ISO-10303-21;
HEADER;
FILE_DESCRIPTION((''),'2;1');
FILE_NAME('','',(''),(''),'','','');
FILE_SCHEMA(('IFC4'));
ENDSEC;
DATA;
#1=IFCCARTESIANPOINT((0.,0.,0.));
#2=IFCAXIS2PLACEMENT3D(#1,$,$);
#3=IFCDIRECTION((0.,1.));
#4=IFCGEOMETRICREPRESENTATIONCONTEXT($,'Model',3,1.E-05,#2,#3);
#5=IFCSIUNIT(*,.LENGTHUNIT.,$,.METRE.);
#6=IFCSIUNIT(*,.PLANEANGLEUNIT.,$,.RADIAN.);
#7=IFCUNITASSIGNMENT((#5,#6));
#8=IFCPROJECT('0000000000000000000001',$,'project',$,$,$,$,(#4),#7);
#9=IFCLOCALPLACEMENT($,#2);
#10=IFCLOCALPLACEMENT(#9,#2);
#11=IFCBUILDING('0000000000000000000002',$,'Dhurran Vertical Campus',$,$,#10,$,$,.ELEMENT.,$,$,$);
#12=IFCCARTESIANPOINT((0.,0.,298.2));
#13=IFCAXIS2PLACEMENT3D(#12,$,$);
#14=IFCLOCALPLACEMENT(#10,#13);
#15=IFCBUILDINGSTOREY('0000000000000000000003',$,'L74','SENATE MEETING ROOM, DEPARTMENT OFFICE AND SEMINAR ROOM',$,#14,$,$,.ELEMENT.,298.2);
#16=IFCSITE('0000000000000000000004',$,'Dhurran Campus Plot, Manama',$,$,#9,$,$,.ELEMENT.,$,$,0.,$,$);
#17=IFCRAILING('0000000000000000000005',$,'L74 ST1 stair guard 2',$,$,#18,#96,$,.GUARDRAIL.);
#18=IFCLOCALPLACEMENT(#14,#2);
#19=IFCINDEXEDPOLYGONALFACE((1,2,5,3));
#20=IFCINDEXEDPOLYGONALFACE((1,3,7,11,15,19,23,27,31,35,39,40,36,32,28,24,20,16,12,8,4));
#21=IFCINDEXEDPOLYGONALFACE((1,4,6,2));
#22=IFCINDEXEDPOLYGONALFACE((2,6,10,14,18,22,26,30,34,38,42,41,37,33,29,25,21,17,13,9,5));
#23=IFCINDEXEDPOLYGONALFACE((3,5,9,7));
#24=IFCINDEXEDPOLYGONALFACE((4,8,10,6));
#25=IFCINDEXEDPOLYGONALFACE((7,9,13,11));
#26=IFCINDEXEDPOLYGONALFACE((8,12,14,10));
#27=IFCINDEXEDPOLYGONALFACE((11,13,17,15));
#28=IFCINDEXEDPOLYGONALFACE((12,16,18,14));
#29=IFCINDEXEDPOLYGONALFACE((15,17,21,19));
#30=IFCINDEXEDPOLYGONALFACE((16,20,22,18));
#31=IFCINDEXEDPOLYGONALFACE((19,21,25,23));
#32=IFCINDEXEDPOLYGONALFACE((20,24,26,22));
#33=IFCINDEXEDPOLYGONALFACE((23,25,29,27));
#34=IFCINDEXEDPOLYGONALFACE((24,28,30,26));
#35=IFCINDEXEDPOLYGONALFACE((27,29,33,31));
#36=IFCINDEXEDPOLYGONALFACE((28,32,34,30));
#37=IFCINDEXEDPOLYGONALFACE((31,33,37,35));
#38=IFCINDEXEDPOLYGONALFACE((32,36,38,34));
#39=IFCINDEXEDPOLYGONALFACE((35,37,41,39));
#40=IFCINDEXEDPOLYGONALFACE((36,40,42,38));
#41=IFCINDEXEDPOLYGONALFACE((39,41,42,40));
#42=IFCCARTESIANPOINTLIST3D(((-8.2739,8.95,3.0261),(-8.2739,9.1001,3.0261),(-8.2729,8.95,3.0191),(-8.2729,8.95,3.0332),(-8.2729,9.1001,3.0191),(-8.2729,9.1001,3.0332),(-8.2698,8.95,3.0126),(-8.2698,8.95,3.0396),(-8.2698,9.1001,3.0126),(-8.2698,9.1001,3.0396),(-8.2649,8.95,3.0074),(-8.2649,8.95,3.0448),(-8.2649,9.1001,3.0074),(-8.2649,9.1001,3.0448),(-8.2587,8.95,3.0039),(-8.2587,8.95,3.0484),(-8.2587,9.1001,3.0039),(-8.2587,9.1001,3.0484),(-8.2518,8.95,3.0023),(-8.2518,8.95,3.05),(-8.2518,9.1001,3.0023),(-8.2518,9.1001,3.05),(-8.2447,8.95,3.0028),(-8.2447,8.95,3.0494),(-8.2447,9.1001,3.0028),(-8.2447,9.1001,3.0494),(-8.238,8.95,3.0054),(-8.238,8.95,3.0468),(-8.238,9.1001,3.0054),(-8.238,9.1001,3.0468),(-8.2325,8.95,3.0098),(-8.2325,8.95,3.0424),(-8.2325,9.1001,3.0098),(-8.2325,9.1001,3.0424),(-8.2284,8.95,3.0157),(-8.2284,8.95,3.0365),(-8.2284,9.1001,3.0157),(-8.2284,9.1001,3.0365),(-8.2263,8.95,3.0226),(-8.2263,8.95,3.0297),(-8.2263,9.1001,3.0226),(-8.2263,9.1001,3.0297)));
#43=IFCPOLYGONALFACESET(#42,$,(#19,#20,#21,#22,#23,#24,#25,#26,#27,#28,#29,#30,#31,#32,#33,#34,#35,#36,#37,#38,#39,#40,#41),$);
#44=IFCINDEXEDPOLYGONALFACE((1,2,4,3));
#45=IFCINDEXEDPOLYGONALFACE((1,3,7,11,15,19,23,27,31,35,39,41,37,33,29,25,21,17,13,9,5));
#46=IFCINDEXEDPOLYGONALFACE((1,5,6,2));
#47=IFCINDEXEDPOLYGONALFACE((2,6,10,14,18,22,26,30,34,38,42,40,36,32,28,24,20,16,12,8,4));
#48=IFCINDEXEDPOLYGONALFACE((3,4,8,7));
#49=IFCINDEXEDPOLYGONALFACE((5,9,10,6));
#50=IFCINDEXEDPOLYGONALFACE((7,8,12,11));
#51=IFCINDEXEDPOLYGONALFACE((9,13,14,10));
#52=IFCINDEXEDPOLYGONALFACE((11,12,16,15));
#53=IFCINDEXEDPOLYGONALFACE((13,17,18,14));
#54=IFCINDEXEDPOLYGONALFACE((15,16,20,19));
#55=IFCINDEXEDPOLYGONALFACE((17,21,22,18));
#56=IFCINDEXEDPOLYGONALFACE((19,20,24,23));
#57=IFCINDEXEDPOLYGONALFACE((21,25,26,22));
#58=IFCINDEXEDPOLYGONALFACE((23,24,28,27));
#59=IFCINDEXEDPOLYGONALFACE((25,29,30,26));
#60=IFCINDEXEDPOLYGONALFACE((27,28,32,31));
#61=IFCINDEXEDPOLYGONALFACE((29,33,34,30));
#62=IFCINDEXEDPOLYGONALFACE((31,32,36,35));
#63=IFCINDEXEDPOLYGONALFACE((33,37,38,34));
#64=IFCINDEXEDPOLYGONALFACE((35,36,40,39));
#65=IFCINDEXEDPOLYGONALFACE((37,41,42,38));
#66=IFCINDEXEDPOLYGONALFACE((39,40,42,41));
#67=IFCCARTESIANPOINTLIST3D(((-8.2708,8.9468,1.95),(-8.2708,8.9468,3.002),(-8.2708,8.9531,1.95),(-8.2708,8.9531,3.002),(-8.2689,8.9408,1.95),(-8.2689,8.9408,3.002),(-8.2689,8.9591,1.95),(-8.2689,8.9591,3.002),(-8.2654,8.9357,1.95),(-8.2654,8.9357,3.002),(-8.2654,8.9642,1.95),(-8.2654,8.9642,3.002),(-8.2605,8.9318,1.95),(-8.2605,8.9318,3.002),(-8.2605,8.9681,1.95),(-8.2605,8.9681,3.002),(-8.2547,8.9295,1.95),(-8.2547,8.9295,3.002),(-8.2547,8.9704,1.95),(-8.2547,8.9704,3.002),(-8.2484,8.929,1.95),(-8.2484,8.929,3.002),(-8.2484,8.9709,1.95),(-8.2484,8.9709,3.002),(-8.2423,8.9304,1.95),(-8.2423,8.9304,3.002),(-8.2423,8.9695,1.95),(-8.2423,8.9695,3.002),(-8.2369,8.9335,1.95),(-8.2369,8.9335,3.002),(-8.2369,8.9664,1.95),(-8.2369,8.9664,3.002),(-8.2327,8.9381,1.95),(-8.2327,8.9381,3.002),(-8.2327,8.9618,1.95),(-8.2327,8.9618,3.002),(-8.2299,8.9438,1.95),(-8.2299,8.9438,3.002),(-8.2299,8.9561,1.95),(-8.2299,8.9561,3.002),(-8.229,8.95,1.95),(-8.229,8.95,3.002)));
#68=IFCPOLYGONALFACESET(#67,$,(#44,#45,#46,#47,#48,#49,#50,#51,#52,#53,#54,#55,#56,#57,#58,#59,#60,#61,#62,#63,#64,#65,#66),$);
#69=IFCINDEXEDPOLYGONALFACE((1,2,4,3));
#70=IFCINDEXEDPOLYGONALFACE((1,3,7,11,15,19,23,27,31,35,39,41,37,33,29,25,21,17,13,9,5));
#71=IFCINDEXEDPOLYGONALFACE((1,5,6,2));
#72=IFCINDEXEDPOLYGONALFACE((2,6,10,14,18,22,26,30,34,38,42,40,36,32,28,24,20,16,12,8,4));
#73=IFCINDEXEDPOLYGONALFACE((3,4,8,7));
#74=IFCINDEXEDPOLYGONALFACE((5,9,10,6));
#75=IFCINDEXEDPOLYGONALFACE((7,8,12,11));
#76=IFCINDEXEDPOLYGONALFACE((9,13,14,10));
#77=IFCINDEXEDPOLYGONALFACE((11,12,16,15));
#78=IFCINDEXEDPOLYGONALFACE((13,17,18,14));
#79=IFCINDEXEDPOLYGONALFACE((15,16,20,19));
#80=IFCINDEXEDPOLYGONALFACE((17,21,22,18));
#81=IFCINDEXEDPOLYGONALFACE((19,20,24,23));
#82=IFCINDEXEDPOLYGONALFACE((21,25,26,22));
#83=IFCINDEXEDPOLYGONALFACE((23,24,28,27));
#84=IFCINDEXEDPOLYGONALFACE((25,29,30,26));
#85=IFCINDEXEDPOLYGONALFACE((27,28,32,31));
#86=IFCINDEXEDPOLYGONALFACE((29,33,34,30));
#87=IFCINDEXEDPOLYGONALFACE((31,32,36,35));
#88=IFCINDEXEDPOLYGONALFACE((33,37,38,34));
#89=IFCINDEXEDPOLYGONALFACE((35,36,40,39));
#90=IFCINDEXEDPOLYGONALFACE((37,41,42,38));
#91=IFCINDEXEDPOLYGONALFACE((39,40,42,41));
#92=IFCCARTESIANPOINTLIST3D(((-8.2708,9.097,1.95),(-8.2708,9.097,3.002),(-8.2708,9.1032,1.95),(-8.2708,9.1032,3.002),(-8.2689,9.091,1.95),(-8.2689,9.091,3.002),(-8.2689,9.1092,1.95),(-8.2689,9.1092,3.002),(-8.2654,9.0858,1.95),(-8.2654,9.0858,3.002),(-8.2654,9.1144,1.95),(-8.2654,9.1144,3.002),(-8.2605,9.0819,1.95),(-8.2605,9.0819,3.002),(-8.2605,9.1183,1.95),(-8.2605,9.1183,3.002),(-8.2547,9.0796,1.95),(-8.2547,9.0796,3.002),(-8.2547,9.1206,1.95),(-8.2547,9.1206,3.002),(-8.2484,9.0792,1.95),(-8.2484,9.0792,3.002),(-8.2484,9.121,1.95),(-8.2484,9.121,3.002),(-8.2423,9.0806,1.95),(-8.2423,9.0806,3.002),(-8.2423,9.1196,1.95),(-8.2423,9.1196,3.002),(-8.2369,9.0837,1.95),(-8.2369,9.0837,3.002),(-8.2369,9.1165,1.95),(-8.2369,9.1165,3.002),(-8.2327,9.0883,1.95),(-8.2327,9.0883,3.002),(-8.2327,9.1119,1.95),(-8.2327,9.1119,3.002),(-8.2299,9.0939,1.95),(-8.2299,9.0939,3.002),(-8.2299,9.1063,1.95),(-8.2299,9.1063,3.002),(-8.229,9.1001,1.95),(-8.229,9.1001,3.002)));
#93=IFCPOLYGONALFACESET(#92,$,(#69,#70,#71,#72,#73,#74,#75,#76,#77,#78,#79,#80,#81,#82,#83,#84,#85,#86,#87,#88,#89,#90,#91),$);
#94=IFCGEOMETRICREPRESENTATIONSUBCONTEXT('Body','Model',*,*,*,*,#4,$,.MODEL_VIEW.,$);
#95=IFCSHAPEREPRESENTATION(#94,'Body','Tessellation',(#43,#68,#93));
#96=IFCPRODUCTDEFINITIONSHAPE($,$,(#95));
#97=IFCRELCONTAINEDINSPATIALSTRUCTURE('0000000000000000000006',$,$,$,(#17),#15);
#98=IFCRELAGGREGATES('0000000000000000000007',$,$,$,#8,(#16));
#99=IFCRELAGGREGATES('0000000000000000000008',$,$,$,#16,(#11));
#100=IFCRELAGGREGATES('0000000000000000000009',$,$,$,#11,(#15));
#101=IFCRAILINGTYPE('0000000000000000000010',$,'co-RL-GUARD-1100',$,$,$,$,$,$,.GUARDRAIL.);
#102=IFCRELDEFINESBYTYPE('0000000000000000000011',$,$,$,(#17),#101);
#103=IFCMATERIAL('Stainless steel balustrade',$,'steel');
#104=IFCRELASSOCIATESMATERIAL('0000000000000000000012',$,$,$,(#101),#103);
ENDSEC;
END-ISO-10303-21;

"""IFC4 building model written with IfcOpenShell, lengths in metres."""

from ifc_helpers import new_model, si_unit, direction, frame, origin, origin_2d, place, context, subcontext, project, spatial, circle, extrude, material, type_object, element, save


model = new_model("IFC4")

# Units and contexts
model_context = context("Model", 3, precision=1e-05, world=origin(), true_north=direction((0.0, 1.0)))
body_context = subcontext(model_context, "Body", "Model", "MODEL_VIEW")
ifc_project = project(units=[si_unit("LENGTHUNIT", "METRE"), si_unit("PLANEANGLEUNIT", "RADIAN")], contexts=[model_context])

# Site, building, storey
site_placement = place(None, origin())
site = spatial("IfcSite", under=ifc_project, at=site_placement, Name="Dhurran Campus Plot, Manama", CompositionType="ELEMENT", RefElevation=0.0)
building_placement = place(site_placement, origin())
building = spatial("IfcBuilding", under=site, at=building_placement, Name="Dhurran Vertical Campus", CompositionType="ELEMENT")
storey_placement = place(building_placement, frame((0.0, 0.0, 298.2)))
storey = spatial("IfcBuildingStorey", under=building, at=storey_placement, Name="L74", Description="SENATE MEETING ROOM, DEPARTMENT OFFICE AND SEMINAR ROOM", CompositionType="ELEMENT", Elevation=298.2)

# Railing
ifc_material_1 = material(Name="Stainless steel balustrade", Category="steel")
railing_type_1 = type_object("IfcRailingType", Name="co-RL-GUARD-1100", PredefinedType="GUARDRAIL", material=ifc_material_1)
railing_1_placement = place(storey_placement, frame((-8.25, 8.95, 1.95)))
element("IfcRailing", 1, at=railing_1_placement, inside=storey, type_object=railing_type_1, Name="L74 ST1 stair guard 2", PredefinedType="GUARDRAIL", context=body_context, shape_type="SweptSolid", body=[
    extrude(circle(Radius=0.0239, at=origin_2d()), frame((0.0, 0.0, 1.0762), z_axis=(0.0, 1.0, 0.0), x_axis=(-1.0, 0.0, 0.0)), (0.0, 0.0, 1.0), 0.1501),
    extrude(circle(Radius=0.021, at=origin_2d()), origin(), (0.0, 0.0, 1.0), 1.052),
    extrude(circle(Radius=0.021, at=origin_2d()), frame((0.0, 0.1501, 0.0)), (0.0, 0.0, 1.0), 1.052),
])

save(model, "model.ifc")
